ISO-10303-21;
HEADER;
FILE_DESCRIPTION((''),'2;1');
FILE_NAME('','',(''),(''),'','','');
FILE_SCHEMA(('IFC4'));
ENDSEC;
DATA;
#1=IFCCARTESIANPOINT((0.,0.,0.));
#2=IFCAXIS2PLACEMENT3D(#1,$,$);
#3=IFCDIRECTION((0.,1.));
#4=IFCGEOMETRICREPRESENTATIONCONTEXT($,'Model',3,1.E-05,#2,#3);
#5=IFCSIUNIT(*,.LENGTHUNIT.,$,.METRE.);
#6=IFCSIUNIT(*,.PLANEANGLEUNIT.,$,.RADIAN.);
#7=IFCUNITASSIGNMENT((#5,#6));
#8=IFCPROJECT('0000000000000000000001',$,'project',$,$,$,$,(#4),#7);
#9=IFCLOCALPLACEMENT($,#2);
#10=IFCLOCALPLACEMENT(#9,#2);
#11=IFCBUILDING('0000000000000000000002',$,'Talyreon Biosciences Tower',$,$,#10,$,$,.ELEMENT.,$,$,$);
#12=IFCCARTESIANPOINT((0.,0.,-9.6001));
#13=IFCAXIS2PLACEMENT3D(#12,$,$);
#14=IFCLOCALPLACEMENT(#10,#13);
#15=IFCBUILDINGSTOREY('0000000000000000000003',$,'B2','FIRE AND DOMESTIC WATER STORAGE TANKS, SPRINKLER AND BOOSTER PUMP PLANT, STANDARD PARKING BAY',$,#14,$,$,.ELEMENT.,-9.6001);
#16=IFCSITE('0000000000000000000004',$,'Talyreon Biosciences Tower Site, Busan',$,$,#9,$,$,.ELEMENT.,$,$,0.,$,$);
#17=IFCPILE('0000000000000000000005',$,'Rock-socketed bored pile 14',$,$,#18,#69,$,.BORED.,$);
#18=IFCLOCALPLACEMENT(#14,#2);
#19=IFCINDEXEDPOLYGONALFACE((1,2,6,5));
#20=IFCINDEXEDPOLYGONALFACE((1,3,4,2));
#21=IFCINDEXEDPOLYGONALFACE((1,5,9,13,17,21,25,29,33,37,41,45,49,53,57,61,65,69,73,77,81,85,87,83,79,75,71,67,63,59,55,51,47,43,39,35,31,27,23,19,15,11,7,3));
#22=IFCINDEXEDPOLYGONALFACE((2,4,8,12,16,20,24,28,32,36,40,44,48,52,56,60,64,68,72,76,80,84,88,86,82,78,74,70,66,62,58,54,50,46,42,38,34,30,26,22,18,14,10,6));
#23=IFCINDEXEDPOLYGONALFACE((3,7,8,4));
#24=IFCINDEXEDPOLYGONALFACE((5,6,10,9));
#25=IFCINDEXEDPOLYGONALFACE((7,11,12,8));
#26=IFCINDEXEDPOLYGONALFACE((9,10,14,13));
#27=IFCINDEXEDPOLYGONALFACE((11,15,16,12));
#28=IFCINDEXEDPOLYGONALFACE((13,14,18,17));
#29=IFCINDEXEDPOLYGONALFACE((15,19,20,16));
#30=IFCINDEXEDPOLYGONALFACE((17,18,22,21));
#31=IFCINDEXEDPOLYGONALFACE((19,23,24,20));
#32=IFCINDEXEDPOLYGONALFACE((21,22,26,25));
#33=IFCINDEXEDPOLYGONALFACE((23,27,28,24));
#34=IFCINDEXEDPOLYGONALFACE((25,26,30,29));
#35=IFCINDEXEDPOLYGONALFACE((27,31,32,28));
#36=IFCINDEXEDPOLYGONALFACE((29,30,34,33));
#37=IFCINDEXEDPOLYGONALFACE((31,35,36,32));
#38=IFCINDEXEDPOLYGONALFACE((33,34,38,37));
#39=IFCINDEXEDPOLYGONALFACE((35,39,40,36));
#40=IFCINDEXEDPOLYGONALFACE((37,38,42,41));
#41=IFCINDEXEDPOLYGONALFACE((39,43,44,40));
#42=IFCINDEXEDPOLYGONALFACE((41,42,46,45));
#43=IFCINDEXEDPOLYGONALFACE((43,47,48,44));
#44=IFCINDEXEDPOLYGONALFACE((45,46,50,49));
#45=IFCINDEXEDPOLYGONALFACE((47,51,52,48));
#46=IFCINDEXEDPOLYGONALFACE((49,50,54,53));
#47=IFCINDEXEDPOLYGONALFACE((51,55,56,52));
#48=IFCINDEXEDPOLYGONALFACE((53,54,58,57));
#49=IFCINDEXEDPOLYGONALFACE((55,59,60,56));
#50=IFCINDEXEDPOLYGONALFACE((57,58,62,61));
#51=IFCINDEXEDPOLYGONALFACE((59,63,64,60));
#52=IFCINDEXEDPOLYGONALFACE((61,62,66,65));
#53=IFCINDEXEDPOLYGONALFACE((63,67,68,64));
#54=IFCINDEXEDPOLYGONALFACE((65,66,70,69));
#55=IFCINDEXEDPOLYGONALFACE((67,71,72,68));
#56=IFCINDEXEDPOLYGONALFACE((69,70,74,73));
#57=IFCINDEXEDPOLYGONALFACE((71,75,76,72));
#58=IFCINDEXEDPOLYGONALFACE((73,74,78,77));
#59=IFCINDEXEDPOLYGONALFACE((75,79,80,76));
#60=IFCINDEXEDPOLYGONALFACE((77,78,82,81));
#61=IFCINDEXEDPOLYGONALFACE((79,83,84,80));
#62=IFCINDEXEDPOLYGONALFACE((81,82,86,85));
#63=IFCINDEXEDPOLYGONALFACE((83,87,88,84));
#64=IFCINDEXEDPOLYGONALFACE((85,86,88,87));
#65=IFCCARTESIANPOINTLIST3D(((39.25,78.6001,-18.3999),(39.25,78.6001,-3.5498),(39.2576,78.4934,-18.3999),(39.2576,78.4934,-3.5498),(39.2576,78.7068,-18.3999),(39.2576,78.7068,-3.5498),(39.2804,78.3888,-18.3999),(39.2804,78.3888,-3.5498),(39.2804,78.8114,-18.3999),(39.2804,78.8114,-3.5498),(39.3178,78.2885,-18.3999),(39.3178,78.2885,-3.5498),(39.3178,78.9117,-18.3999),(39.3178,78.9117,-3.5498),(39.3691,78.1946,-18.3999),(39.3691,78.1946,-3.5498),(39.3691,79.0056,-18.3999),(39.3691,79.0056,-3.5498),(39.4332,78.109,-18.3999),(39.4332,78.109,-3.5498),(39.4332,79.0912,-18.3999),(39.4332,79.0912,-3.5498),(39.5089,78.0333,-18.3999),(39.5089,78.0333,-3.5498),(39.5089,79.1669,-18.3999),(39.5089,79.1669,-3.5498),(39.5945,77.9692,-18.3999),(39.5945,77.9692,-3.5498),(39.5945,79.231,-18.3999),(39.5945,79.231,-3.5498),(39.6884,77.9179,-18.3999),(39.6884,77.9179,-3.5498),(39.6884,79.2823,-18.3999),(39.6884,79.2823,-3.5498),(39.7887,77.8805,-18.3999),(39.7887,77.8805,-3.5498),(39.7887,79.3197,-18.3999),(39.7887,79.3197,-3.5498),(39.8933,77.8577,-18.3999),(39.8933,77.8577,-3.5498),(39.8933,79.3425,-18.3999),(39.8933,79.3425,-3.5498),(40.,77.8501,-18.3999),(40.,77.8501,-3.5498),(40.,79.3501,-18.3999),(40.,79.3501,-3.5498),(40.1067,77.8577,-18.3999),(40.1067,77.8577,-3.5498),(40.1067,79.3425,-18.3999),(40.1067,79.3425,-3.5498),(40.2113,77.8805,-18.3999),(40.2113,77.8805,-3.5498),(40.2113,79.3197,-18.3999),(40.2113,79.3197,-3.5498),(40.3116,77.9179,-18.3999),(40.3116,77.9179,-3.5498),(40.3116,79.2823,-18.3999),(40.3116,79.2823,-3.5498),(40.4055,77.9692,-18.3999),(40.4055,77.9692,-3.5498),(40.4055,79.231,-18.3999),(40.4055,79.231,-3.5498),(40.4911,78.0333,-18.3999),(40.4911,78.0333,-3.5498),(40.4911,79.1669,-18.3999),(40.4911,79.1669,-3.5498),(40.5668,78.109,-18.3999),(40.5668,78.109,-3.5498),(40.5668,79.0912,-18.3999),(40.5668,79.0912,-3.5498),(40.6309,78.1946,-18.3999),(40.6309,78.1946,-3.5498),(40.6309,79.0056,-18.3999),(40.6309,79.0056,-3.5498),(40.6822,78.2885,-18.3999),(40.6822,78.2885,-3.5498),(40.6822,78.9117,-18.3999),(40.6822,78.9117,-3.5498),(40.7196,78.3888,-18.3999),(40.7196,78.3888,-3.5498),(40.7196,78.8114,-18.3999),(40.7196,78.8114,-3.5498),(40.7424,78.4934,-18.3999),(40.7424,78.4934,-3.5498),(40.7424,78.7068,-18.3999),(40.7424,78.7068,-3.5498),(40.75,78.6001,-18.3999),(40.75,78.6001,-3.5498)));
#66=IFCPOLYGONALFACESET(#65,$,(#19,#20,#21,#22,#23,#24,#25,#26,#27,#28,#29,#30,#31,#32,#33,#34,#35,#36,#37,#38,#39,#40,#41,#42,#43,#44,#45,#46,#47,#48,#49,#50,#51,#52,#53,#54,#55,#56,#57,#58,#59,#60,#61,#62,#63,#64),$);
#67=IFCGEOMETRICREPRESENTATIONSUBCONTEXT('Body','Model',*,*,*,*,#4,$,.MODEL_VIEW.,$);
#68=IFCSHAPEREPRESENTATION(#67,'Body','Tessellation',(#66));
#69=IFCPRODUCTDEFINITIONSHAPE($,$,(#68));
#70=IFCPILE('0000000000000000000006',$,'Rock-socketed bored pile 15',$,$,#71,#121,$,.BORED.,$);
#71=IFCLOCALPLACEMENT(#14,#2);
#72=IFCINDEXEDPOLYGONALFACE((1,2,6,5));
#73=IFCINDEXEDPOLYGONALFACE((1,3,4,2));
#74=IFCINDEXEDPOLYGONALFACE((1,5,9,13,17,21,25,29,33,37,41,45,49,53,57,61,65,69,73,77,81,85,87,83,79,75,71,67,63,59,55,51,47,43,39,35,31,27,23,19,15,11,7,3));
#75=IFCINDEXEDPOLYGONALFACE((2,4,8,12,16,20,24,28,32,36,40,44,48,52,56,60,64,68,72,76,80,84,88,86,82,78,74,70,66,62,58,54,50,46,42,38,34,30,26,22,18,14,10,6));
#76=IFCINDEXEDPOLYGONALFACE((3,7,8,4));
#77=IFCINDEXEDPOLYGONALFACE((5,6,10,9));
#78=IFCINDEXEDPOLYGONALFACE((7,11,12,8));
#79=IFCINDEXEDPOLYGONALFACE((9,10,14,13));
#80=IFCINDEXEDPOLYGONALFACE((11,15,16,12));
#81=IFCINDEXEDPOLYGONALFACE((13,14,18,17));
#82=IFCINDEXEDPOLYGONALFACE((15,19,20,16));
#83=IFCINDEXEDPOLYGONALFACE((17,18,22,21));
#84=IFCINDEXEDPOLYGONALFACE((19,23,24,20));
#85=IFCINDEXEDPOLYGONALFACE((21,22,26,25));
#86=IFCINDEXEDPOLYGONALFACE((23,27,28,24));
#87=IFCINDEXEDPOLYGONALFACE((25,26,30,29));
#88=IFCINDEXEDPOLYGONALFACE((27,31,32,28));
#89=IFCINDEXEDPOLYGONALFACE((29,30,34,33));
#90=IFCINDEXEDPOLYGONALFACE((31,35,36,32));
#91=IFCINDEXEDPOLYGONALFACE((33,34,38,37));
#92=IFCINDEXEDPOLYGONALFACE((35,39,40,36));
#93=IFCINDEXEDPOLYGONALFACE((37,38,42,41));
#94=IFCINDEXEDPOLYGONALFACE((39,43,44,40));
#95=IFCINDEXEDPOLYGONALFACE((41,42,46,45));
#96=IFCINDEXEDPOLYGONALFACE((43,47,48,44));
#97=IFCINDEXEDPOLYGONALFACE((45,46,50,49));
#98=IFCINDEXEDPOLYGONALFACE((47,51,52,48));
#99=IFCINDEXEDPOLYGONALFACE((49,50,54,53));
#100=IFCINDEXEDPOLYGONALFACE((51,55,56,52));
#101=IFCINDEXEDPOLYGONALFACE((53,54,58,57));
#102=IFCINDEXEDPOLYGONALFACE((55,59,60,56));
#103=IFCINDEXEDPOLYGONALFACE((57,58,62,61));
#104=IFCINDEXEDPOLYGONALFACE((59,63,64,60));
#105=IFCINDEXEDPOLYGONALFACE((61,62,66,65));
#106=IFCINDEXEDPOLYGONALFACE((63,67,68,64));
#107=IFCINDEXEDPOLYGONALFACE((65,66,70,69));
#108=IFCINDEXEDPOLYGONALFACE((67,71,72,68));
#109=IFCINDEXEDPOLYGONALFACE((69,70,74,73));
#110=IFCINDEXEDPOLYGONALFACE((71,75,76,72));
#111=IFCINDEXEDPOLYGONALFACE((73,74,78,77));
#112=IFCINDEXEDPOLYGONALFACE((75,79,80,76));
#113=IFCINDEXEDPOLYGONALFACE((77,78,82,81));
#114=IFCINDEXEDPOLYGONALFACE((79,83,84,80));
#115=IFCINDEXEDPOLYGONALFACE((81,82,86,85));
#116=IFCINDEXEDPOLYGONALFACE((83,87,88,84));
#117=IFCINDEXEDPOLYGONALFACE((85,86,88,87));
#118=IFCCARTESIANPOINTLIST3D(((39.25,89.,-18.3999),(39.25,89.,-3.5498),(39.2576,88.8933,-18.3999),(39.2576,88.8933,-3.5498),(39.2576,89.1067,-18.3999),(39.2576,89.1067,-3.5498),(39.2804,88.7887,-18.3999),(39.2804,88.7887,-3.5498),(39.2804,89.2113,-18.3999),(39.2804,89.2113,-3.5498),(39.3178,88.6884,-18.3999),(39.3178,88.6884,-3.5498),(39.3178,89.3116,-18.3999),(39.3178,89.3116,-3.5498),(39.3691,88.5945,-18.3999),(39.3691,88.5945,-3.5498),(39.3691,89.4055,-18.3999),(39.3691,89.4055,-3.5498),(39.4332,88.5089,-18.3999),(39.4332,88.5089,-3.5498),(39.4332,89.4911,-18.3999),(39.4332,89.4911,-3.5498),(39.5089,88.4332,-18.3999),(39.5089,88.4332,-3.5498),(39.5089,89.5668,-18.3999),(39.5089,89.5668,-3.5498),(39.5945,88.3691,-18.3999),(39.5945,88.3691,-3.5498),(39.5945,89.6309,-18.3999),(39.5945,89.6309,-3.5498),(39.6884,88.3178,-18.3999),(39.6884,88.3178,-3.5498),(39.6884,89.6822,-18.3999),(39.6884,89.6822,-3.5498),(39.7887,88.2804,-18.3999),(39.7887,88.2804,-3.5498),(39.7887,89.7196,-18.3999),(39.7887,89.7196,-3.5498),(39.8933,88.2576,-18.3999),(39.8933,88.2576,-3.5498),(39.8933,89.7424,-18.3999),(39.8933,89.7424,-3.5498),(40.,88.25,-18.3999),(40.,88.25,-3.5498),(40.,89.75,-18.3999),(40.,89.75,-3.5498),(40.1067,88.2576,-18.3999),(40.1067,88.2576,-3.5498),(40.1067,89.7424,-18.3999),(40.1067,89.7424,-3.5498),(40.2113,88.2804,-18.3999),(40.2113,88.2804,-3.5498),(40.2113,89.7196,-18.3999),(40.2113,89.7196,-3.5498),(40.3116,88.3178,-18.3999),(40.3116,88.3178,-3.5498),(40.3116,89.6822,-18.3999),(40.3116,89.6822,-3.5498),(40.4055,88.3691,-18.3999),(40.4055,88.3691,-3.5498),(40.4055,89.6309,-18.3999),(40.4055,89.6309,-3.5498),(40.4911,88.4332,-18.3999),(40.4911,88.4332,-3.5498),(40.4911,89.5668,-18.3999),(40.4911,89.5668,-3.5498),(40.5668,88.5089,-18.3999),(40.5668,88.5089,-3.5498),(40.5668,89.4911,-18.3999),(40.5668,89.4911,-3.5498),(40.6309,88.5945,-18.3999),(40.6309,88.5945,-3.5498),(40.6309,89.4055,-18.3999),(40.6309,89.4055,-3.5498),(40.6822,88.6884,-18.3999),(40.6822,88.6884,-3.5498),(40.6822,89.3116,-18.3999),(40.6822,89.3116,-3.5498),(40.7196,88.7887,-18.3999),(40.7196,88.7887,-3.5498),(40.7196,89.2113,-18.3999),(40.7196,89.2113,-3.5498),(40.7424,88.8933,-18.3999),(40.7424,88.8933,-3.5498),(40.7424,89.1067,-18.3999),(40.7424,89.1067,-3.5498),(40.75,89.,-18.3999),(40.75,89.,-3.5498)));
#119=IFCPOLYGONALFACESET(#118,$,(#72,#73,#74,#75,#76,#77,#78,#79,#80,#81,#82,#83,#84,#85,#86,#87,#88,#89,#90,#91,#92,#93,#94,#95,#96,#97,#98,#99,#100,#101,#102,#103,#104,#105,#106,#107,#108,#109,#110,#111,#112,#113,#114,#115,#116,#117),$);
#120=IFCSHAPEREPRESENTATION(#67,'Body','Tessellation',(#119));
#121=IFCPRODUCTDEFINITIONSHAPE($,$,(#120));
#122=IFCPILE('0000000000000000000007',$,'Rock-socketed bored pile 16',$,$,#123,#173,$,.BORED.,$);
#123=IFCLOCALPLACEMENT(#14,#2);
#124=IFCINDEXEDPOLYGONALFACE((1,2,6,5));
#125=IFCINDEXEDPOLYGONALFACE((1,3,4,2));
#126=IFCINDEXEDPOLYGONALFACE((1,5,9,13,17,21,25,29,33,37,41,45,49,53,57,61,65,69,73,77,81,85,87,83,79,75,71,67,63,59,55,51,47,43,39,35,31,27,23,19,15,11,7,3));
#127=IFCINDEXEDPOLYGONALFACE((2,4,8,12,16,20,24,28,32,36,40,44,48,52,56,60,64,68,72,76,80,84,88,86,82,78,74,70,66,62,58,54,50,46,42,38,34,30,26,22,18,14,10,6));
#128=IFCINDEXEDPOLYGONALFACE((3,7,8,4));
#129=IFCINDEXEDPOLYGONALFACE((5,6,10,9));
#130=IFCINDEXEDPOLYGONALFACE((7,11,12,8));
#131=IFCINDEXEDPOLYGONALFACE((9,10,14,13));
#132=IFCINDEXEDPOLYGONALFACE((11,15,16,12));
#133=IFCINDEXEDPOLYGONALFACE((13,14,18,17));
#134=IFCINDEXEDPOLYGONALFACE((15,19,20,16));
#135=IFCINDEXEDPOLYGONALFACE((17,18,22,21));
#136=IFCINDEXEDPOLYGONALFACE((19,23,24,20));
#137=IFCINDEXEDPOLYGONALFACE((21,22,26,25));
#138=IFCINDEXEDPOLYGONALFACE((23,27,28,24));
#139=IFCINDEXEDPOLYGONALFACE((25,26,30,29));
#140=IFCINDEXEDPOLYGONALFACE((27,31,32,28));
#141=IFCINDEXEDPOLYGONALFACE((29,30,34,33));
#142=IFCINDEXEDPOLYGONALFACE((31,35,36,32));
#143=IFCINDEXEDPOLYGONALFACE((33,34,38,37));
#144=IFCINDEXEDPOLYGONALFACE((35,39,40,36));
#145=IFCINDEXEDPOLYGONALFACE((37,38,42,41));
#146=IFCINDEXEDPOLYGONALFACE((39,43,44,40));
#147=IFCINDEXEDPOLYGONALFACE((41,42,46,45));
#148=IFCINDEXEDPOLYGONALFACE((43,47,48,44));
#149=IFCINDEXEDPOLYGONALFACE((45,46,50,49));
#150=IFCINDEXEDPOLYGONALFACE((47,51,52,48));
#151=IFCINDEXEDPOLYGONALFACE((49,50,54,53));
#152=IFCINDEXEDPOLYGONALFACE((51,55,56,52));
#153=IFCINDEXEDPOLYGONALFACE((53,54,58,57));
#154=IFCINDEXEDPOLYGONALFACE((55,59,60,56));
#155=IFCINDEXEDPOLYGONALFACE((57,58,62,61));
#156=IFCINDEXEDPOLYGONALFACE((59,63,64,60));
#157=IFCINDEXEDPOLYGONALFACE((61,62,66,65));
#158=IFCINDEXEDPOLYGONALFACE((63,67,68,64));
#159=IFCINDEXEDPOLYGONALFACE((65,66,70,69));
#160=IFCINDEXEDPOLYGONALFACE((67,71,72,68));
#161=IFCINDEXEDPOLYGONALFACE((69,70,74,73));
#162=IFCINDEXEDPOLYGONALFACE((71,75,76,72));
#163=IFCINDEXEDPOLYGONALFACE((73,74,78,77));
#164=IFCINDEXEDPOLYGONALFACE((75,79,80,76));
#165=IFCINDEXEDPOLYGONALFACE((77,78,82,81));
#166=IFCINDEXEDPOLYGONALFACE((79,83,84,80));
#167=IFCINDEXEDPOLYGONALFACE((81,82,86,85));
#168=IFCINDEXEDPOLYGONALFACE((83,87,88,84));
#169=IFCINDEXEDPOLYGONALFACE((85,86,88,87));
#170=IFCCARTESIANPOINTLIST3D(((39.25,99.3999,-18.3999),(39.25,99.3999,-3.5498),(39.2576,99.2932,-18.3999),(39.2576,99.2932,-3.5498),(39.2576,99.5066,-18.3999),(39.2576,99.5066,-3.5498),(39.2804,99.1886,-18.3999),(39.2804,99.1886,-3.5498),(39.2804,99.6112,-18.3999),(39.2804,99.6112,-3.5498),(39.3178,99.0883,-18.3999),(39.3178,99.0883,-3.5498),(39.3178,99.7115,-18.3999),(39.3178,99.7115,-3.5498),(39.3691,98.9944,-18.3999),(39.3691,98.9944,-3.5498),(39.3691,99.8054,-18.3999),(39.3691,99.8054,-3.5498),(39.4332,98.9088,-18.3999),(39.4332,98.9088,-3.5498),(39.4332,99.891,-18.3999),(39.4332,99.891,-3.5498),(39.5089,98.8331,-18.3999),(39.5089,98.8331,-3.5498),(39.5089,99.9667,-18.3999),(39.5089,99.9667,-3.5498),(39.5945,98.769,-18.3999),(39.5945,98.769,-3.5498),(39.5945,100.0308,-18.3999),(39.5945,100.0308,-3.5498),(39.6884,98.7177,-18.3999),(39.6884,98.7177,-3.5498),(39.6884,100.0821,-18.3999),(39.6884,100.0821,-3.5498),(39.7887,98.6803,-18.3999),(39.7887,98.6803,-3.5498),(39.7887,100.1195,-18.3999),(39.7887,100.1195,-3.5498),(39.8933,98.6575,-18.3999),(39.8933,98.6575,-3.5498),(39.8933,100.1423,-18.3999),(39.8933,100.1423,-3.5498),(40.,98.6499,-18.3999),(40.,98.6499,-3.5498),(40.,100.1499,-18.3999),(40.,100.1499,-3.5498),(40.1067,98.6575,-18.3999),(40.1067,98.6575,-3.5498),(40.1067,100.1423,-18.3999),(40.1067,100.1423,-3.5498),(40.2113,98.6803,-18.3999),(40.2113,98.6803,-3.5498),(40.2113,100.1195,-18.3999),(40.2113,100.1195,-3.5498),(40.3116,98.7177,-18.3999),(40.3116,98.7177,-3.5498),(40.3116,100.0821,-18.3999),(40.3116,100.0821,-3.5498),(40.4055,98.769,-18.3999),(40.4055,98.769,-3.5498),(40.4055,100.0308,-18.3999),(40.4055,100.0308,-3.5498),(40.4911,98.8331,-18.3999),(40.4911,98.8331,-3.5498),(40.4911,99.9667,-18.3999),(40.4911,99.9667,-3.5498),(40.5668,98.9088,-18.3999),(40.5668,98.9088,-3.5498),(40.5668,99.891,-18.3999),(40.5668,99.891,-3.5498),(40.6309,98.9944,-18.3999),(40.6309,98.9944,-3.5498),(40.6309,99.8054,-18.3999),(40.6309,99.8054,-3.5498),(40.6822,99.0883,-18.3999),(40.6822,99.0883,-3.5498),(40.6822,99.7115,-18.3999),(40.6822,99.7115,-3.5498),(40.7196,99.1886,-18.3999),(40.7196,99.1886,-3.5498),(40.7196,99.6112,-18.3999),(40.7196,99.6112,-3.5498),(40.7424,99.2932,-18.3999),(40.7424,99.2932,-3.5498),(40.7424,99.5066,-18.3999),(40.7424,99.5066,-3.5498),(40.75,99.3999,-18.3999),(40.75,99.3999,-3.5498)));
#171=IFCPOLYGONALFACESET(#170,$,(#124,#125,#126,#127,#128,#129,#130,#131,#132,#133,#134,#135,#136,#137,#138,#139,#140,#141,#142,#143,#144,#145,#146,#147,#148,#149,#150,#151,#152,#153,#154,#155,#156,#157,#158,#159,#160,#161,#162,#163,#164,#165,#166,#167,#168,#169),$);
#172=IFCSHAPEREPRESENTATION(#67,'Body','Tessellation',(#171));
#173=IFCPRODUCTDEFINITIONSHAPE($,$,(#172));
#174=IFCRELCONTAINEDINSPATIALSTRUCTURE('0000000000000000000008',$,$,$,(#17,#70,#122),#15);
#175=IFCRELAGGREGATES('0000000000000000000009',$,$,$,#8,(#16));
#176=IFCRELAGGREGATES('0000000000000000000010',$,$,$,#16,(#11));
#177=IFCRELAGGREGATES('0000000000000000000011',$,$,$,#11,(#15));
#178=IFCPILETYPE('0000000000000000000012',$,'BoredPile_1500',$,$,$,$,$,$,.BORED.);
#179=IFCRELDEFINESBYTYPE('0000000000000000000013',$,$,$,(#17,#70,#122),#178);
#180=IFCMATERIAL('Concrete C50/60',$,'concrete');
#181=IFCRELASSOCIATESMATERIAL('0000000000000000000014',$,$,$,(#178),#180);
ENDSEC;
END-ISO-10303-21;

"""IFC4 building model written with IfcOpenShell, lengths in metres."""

from ifc_helpers import new_model, si_unit, direction, frame, origin, origin_2d, place, context, subcontext, project, spatial, circle, extrude, material, material_profile, profile_set, type_object, element, save


model = new_model("IFC4")

# Units and contexts
model_context = context("Model", 3, precision=1e-05, world=origin(), true_north=direction((0.0, 1.0)))
body_context = subcontext(model_context, "Body", "Model", "MODEL_VIEW")
ifc_project = project(units=[si_unit("LENGTHUNIT", "METRE"), si_unit("PLANEANGLEUNIT", "RADIAN")], contexts=[model_context])

# Site, building, storey
site_placement = place(None, origin())
site = spatial("IfcSite", under=ifc_project, at=site_placement, Name="Talyreon Biosciences Tower Site, Busan", CompositionType="ELEMENT", RefElevation=0.0)
building_placement = place(site_placement, origin())
building = spatial("IfcBuilding", under=site, at=building_placement, Name="Talyreon Biosciences Tower", CompositionType="ELEMENT")
storey_placement = place(building_placement, frame((0.0, 0.0, -9.6001)))
storey = spatial("IfcBuildingStorey", under=building, at=storey_placement, Name="B2", Description="FIRE AND DOMESTIC WATER STORAGE TANKS, SPRINKLER AND BOOSTER PUMP PLANT, STANDARD PARKING BAY", CompositionType="ELEMENT", Elevation=-9.6001)

# Piles
ifc_material_1 = material(Name="Concrete C50/60", Category="concrete")
ifc_material_profile_1 = material_profile(ifc_material_1, circle(Radius=0.75, at=origin_2d()), Name="PILE D1500")
ifc_profile_set_1 = profile_set([ifc_material_profile_1], Name="Concrete C50/60")
pile_type_1 = type_object("IfcPileType", Name="BoredPile_1500", PredefinedType="BORED", material=ifc_profile_set_1)
for number, where, z_axis, x_axis, name in (
    (1, (40.0, 78.6001, -3.5498), (0.0, 0.0, -1.0), (1.0, 0.0, 0.0), "Rock-socketed bored pile 14"),
    (2, (40.0, 89.0, -3.5498), (0.0, 0.0, -1.0), (1.0, 0.0, 0.0), "Rock-socketed bored pile 15"),
    (3, (40.0, 99.3999, -3.5498), (0.0, 0.0, -1.0), (1.0, 0.0, 0.0), "Rock-socketed bored pile 16"),
):
    element("IfcPile", number, at=place(storey_placement, frame(where, z_axis=z_axis, x_axis=x_axis)), inside=storey, type_object=pile_type_1, Name=name, PredefinedType="BORED", context=body_context, shape_type="SweptSolid", body=[
        extrude(circle(Radius=0.75, at=origin_2d()), origin(), (0.0, 0.0, 1.0), 14.8501),
    ])

save(model, "model.ifc")
